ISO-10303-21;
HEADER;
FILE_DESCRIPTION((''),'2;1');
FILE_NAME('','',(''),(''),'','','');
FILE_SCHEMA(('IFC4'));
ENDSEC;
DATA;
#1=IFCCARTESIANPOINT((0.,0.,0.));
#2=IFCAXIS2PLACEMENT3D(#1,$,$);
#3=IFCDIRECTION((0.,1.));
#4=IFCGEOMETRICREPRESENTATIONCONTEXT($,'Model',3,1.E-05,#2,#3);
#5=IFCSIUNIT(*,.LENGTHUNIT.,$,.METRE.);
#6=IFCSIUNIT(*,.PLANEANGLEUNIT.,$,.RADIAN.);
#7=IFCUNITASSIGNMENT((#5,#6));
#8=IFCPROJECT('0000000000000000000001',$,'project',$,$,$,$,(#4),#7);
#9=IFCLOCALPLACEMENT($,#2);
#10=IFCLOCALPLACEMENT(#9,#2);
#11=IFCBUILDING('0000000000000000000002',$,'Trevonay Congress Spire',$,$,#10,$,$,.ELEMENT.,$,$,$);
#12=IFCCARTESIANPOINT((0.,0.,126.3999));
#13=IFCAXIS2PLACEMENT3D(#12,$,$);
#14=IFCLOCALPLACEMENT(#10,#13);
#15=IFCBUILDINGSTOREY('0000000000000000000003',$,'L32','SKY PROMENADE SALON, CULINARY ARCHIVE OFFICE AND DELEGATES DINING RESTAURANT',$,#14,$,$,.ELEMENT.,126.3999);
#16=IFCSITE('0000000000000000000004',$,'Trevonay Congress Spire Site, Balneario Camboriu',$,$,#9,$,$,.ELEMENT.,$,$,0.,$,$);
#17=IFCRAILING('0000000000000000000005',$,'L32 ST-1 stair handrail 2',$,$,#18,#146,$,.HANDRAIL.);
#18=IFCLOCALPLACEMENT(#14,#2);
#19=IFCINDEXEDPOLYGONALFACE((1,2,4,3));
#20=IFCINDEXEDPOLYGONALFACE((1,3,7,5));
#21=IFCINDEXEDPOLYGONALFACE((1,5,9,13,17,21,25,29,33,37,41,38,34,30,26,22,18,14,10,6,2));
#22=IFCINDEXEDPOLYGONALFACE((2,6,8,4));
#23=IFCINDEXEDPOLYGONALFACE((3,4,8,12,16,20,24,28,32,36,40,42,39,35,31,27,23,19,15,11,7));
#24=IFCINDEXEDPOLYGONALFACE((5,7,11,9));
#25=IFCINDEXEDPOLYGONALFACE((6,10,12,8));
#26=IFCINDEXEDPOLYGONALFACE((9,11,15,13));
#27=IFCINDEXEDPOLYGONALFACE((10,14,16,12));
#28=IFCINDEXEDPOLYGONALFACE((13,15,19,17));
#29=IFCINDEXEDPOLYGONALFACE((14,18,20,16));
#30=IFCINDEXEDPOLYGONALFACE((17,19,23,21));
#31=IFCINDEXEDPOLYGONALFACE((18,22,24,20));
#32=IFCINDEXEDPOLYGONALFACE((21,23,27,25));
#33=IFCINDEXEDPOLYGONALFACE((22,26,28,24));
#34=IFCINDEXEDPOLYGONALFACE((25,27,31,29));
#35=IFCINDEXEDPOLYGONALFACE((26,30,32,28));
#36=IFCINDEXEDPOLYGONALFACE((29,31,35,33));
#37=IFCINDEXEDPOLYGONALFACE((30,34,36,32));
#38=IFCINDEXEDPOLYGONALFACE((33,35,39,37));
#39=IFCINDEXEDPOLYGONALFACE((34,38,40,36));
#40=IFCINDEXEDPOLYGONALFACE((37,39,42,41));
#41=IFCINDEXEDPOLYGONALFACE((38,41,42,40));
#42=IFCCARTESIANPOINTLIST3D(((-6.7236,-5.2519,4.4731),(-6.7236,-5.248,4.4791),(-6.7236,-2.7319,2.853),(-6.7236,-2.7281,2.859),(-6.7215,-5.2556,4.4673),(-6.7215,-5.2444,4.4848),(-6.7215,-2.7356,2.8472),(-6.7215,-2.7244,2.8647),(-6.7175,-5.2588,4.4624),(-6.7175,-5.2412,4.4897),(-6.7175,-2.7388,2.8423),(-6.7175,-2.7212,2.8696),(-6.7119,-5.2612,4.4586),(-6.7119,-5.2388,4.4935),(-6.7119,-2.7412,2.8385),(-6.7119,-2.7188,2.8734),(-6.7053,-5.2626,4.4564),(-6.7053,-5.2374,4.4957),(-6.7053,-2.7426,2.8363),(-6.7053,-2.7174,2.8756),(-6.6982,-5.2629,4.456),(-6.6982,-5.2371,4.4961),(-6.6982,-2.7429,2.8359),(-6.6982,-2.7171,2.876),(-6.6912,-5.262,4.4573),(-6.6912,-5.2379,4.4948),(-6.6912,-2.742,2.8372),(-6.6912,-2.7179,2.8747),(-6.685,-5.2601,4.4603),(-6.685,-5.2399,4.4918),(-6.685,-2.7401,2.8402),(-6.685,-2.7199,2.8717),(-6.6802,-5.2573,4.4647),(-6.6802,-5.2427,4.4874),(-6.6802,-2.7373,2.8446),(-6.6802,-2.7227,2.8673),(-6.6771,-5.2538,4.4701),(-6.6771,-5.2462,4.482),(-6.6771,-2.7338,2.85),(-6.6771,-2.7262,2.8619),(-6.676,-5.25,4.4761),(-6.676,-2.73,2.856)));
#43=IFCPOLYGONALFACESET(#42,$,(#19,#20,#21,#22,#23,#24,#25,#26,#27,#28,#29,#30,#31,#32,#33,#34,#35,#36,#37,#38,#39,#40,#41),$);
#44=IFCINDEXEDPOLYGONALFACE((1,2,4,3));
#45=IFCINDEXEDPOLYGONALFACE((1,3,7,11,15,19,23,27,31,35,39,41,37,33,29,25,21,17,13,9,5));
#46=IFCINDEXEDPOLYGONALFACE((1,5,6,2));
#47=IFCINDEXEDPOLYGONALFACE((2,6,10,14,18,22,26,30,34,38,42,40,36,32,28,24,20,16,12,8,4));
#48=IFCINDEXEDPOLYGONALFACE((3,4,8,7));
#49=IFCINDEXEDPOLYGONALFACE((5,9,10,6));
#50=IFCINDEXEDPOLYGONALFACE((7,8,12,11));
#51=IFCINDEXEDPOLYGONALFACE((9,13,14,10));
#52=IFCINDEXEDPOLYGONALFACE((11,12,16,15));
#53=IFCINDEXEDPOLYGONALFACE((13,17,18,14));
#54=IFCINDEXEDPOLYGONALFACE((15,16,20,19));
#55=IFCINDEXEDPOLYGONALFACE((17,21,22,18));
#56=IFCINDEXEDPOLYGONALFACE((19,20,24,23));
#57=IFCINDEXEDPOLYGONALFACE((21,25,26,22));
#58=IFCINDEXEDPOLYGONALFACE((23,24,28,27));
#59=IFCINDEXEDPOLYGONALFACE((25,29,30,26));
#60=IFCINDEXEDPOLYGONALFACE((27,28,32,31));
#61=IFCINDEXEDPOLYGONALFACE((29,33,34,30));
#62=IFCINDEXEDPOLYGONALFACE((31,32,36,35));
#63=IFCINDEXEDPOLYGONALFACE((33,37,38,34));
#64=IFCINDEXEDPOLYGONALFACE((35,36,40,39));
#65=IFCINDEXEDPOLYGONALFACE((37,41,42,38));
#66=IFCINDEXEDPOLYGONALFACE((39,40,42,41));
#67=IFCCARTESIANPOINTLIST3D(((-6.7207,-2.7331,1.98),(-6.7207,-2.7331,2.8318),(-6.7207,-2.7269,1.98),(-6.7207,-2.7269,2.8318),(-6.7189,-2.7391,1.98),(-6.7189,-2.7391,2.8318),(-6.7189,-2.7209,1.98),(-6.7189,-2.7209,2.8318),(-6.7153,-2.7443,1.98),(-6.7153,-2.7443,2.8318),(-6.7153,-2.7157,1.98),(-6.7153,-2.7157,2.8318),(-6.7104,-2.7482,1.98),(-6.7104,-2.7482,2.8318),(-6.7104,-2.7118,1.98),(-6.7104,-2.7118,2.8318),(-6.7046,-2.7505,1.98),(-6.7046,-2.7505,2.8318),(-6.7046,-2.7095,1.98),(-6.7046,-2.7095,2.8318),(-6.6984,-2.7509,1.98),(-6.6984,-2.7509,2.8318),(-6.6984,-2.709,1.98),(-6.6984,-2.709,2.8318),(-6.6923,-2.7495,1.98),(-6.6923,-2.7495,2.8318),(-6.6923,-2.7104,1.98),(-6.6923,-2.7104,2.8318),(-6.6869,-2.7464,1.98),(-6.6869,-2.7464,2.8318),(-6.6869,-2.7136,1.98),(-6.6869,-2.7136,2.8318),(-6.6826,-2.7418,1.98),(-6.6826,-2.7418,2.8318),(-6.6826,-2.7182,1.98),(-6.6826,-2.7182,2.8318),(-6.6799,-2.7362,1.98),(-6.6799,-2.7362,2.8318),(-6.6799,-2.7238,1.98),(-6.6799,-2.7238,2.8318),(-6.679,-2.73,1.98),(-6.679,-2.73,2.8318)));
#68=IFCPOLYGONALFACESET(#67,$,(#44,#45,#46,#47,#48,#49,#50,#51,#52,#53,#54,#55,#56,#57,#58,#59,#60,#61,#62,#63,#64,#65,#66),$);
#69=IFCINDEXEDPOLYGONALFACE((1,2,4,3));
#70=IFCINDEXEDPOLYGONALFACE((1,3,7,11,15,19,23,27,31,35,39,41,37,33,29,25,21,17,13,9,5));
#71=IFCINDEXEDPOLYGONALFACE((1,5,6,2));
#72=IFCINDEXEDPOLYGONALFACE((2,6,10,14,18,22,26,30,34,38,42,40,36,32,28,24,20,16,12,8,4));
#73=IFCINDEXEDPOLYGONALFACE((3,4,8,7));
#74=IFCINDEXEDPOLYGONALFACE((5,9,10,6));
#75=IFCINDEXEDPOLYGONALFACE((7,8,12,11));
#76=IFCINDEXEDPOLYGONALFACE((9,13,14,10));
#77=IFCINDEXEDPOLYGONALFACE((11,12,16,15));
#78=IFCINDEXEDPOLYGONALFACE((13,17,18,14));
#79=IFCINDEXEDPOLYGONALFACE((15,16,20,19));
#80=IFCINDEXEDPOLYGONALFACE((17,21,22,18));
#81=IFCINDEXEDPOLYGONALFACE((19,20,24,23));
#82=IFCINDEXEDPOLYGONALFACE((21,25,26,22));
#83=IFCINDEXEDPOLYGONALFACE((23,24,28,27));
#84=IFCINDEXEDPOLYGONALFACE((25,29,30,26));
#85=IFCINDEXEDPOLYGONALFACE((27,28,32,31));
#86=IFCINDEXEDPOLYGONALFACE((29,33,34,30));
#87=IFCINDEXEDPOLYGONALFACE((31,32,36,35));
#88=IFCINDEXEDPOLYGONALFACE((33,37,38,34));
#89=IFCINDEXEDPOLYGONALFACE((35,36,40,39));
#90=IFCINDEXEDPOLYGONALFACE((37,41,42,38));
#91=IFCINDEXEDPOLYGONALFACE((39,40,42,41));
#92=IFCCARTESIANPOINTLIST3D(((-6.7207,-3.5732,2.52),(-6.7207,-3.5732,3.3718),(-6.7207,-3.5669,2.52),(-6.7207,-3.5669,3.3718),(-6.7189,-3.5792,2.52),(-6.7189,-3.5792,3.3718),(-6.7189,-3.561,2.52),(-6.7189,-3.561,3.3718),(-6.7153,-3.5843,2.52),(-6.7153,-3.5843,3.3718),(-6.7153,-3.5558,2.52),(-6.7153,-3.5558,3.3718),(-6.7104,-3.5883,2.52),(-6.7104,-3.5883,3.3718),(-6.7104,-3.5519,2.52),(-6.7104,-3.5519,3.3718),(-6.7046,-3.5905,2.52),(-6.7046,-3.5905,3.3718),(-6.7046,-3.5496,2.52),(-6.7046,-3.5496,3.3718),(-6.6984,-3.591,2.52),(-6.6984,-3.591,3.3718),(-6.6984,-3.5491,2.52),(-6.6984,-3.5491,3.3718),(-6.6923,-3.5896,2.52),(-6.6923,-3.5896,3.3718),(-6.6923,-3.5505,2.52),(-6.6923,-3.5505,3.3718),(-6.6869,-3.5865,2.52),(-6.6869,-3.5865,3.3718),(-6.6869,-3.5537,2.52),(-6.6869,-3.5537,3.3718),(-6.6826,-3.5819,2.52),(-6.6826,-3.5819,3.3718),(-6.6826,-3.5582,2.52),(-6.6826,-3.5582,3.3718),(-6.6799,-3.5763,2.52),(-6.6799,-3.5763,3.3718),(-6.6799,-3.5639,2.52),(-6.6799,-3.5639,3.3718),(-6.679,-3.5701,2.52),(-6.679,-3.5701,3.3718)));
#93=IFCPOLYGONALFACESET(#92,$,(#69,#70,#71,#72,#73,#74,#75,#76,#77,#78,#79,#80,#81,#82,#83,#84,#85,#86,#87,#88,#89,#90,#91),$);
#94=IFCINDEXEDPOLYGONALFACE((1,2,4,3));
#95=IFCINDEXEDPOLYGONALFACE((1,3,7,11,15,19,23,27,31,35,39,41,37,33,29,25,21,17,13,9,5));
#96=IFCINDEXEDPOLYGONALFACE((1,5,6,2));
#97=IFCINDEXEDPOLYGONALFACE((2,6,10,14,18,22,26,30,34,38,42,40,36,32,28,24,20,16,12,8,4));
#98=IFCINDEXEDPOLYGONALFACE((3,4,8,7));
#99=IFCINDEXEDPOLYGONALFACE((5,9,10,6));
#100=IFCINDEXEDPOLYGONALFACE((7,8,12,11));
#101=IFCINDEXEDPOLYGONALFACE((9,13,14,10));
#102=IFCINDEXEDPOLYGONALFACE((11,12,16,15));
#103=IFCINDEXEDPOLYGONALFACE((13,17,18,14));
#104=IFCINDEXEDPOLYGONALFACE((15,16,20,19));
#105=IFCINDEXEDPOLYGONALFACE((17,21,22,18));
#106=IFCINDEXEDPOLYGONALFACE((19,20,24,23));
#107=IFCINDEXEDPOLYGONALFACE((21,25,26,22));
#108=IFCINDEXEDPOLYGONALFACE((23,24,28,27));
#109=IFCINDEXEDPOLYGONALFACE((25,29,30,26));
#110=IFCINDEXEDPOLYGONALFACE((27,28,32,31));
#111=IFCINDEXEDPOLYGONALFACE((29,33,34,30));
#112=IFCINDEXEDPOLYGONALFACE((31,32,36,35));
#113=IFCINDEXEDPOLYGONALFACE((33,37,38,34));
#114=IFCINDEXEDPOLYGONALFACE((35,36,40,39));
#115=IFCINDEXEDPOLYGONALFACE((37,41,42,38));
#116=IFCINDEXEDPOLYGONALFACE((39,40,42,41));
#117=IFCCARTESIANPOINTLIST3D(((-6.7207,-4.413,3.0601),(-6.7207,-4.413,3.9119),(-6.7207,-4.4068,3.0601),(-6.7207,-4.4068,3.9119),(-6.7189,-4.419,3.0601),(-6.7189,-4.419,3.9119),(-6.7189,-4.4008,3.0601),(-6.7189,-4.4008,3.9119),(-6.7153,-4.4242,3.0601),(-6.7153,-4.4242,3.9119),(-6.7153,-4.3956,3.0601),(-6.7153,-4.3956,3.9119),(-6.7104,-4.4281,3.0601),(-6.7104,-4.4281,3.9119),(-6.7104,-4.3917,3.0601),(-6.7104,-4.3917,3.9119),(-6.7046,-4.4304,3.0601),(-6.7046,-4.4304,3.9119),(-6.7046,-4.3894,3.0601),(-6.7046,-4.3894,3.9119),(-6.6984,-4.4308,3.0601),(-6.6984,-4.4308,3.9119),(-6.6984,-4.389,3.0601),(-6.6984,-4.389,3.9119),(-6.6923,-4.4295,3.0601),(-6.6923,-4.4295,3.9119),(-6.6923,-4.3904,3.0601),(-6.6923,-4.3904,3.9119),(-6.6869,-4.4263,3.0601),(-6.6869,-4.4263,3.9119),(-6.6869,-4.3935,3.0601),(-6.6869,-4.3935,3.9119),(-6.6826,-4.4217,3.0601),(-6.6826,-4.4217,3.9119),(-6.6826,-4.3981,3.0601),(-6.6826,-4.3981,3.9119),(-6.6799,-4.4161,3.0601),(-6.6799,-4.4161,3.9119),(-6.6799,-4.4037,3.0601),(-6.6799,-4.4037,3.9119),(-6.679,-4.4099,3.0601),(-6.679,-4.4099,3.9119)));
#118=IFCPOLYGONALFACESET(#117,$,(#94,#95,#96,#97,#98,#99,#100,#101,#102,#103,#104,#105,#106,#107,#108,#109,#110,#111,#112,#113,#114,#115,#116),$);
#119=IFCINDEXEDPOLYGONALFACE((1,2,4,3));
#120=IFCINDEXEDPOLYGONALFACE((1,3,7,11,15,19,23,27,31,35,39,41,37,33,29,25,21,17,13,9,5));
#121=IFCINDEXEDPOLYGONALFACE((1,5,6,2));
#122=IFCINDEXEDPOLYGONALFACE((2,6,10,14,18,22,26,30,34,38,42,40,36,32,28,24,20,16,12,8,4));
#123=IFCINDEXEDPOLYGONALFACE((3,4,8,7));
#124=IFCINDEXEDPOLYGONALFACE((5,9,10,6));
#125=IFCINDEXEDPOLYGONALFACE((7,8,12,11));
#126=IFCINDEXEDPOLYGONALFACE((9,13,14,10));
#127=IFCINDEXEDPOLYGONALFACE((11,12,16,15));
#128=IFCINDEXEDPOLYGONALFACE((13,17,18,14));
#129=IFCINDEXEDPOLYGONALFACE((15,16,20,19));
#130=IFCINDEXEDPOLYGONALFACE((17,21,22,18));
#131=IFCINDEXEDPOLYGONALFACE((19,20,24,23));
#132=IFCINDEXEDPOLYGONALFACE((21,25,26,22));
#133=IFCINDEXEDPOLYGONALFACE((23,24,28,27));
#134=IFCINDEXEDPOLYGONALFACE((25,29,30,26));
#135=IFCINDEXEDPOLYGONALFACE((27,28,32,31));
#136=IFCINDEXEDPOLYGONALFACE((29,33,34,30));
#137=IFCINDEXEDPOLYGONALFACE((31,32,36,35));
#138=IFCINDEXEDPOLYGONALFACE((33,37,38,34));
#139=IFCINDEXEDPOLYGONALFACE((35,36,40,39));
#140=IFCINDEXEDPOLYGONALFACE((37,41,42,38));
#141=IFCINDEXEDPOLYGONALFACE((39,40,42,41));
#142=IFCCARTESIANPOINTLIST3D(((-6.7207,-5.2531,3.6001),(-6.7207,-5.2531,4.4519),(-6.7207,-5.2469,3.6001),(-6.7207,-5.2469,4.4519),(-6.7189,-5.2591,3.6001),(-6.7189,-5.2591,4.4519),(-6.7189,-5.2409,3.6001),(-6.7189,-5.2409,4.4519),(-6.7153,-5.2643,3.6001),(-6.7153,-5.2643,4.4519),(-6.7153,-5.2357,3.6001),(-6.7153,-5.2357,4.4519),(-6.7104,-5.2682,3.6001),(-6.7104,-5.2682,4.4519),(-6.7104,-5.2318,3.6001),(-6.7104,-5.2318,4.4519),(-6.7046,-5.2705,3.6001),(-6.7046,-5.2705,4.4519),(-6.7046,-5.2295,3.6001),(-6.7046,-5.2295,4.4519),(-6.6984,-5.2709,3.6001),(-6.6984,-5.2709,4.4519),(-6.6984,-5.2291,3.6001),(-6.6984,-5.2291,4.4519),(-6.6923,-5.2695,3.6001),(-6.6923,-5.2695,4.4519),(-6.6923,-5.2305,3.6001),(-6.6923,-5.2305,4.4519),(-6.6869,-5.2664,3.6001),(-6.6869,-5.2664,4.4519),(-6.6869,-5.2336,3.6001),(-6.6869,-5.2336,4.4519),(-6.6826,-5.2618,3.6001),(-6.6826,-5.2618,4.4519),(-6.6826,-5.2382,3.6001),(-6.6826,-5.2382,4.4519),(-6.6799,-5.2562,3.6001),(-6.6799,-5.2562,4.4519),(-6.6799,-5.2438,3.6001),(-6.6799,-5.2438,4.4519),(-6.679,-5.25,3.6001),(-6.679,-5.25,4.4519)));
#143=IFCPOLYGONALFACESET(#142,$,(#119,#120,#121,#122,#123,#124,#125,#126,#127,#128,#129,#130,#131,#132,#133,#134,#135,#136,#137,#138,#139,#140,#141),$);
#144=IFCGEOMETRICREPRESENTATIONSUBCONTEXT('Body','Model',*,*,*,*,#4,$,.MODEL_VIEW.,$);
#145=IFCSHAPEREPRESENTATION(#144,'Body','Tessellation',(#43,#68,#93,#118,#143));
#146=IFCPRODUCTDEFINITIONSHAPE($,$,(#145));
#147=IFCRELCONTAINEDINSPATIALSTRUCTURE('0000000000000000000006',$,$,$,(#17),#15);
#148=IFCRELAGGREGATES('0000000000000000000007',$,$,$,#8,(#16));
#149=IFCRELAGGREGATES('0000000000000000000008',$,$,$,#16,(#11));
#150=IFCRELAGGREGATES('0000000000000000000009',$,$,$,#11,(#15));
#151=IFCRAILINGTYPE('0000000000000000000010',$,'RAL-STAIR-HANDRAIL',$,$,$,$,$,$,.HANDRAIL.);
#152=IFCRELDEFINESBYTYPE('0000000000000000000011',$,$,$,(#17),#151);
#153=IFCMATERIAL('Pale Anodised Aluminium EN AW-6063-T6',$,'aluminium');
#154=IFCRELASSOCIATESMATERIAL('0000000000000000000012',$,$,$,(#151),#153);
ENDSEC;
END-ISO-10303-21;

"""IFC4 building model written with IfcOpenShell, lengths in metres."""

from ifc_helpers import new_model, si_unit, direction, frame, origin, origin_2d, place, context, subcontext, project, spatial, circle, extrude, material, type_object, element, save


model = new_model("IFC4")

# Units and contexts
model_context = context("Model", 3, precision=1e-05, world=origin(), true_north=direction((0.0, 1.0)))
body_context = subcontext(model_context, "Body", "Model", "MODEL_VIEW")
ifc_project = project(units=[si_unit("LENGTHUNIT", "METRE"), si_unit("PLANEANGLEUNIT", "RADIAN")], contexts=[model_context])

# Site, building, storey
site_placement = place(None, origin())
site = spatial("IfcSite", under=ifc_project, at=site_placement, Name="Trevonay Congress Spire Site, Balneario Camboriu", CompositionType="ELEMENT", RefElevation=0.0)
building_placement = place(site_placement, origin())
building = spatial("IfcBuilding", under=site, at=building_placement, Name="Trevonay Congress Spire", CompositionType="ELEMENT")
storey_placement = place(building_placement, frame((0.0, 0.0, 126.3999)))
storey = spatial("IfcBuildingStorey", under=building, at=storey_placement, Name="L32", Description="SKY PROMENADE SALON, CULINARY ARCHIVE OFFICE AND DELEGATES DINING RESTAURANT", CompositionType="ELEMENT", Elevation=126.3999)

# Shared definitions
ifc_material_1 = material(Name="Pale Anodised Aluminium EN AW-6063-T6", Category="aluminium")

# Railing
railing_type_1 = type_object("IfcRailingType", Name="RAL-STAIR-HANDRAIL", PredefinedType="HANDRAIL", material=ifc_material_1)
railing_1_placement = place(storey_placement, frame((-6.7, -2.73, 1.98)))
element("IfcRailing", 1, at=railing_1_placement, inside=storey, type_object=railing_type_1, Name="L32 ST-1 stair handrail 2", PredefinedType="HANDRAIL", context=body_context, shape_type="SweptSolid", body=[
    extrude(circle(Radius=0.0239, at=origin_2d()), frame((0.0, 0.0, 0.876), z_axis=(0.0, -0.841163, 0.540782), x_axis=(1.0, 0.0, 0.0)), (0.0, 0.0, 1.0), 2.9958),
    extrude(circle(Radius=0.021, at=origin_2d()), origin(), (0.0, 0.0, 1.0), 0.8518),
    extrude(circle(Radius=0.021, at=origin_2d()), frame((0.0, -0.8401, 0.54)), (0.0, 0.0, 1.0), 0.8518),
    extrude(circle(Radius=0.021, at=origin_2d()), frame((0.0, -1.6799, 1.0801)), (0.0, 0.0, 1.0), 0.8518),
    extrude(circle(Radius=0.021, at=origin_2d()), frame((0.0, -2.52, 1.6201)), (0.0, 0.0, 1.0), 0.8518),
])

save(model, "model.ifc")
